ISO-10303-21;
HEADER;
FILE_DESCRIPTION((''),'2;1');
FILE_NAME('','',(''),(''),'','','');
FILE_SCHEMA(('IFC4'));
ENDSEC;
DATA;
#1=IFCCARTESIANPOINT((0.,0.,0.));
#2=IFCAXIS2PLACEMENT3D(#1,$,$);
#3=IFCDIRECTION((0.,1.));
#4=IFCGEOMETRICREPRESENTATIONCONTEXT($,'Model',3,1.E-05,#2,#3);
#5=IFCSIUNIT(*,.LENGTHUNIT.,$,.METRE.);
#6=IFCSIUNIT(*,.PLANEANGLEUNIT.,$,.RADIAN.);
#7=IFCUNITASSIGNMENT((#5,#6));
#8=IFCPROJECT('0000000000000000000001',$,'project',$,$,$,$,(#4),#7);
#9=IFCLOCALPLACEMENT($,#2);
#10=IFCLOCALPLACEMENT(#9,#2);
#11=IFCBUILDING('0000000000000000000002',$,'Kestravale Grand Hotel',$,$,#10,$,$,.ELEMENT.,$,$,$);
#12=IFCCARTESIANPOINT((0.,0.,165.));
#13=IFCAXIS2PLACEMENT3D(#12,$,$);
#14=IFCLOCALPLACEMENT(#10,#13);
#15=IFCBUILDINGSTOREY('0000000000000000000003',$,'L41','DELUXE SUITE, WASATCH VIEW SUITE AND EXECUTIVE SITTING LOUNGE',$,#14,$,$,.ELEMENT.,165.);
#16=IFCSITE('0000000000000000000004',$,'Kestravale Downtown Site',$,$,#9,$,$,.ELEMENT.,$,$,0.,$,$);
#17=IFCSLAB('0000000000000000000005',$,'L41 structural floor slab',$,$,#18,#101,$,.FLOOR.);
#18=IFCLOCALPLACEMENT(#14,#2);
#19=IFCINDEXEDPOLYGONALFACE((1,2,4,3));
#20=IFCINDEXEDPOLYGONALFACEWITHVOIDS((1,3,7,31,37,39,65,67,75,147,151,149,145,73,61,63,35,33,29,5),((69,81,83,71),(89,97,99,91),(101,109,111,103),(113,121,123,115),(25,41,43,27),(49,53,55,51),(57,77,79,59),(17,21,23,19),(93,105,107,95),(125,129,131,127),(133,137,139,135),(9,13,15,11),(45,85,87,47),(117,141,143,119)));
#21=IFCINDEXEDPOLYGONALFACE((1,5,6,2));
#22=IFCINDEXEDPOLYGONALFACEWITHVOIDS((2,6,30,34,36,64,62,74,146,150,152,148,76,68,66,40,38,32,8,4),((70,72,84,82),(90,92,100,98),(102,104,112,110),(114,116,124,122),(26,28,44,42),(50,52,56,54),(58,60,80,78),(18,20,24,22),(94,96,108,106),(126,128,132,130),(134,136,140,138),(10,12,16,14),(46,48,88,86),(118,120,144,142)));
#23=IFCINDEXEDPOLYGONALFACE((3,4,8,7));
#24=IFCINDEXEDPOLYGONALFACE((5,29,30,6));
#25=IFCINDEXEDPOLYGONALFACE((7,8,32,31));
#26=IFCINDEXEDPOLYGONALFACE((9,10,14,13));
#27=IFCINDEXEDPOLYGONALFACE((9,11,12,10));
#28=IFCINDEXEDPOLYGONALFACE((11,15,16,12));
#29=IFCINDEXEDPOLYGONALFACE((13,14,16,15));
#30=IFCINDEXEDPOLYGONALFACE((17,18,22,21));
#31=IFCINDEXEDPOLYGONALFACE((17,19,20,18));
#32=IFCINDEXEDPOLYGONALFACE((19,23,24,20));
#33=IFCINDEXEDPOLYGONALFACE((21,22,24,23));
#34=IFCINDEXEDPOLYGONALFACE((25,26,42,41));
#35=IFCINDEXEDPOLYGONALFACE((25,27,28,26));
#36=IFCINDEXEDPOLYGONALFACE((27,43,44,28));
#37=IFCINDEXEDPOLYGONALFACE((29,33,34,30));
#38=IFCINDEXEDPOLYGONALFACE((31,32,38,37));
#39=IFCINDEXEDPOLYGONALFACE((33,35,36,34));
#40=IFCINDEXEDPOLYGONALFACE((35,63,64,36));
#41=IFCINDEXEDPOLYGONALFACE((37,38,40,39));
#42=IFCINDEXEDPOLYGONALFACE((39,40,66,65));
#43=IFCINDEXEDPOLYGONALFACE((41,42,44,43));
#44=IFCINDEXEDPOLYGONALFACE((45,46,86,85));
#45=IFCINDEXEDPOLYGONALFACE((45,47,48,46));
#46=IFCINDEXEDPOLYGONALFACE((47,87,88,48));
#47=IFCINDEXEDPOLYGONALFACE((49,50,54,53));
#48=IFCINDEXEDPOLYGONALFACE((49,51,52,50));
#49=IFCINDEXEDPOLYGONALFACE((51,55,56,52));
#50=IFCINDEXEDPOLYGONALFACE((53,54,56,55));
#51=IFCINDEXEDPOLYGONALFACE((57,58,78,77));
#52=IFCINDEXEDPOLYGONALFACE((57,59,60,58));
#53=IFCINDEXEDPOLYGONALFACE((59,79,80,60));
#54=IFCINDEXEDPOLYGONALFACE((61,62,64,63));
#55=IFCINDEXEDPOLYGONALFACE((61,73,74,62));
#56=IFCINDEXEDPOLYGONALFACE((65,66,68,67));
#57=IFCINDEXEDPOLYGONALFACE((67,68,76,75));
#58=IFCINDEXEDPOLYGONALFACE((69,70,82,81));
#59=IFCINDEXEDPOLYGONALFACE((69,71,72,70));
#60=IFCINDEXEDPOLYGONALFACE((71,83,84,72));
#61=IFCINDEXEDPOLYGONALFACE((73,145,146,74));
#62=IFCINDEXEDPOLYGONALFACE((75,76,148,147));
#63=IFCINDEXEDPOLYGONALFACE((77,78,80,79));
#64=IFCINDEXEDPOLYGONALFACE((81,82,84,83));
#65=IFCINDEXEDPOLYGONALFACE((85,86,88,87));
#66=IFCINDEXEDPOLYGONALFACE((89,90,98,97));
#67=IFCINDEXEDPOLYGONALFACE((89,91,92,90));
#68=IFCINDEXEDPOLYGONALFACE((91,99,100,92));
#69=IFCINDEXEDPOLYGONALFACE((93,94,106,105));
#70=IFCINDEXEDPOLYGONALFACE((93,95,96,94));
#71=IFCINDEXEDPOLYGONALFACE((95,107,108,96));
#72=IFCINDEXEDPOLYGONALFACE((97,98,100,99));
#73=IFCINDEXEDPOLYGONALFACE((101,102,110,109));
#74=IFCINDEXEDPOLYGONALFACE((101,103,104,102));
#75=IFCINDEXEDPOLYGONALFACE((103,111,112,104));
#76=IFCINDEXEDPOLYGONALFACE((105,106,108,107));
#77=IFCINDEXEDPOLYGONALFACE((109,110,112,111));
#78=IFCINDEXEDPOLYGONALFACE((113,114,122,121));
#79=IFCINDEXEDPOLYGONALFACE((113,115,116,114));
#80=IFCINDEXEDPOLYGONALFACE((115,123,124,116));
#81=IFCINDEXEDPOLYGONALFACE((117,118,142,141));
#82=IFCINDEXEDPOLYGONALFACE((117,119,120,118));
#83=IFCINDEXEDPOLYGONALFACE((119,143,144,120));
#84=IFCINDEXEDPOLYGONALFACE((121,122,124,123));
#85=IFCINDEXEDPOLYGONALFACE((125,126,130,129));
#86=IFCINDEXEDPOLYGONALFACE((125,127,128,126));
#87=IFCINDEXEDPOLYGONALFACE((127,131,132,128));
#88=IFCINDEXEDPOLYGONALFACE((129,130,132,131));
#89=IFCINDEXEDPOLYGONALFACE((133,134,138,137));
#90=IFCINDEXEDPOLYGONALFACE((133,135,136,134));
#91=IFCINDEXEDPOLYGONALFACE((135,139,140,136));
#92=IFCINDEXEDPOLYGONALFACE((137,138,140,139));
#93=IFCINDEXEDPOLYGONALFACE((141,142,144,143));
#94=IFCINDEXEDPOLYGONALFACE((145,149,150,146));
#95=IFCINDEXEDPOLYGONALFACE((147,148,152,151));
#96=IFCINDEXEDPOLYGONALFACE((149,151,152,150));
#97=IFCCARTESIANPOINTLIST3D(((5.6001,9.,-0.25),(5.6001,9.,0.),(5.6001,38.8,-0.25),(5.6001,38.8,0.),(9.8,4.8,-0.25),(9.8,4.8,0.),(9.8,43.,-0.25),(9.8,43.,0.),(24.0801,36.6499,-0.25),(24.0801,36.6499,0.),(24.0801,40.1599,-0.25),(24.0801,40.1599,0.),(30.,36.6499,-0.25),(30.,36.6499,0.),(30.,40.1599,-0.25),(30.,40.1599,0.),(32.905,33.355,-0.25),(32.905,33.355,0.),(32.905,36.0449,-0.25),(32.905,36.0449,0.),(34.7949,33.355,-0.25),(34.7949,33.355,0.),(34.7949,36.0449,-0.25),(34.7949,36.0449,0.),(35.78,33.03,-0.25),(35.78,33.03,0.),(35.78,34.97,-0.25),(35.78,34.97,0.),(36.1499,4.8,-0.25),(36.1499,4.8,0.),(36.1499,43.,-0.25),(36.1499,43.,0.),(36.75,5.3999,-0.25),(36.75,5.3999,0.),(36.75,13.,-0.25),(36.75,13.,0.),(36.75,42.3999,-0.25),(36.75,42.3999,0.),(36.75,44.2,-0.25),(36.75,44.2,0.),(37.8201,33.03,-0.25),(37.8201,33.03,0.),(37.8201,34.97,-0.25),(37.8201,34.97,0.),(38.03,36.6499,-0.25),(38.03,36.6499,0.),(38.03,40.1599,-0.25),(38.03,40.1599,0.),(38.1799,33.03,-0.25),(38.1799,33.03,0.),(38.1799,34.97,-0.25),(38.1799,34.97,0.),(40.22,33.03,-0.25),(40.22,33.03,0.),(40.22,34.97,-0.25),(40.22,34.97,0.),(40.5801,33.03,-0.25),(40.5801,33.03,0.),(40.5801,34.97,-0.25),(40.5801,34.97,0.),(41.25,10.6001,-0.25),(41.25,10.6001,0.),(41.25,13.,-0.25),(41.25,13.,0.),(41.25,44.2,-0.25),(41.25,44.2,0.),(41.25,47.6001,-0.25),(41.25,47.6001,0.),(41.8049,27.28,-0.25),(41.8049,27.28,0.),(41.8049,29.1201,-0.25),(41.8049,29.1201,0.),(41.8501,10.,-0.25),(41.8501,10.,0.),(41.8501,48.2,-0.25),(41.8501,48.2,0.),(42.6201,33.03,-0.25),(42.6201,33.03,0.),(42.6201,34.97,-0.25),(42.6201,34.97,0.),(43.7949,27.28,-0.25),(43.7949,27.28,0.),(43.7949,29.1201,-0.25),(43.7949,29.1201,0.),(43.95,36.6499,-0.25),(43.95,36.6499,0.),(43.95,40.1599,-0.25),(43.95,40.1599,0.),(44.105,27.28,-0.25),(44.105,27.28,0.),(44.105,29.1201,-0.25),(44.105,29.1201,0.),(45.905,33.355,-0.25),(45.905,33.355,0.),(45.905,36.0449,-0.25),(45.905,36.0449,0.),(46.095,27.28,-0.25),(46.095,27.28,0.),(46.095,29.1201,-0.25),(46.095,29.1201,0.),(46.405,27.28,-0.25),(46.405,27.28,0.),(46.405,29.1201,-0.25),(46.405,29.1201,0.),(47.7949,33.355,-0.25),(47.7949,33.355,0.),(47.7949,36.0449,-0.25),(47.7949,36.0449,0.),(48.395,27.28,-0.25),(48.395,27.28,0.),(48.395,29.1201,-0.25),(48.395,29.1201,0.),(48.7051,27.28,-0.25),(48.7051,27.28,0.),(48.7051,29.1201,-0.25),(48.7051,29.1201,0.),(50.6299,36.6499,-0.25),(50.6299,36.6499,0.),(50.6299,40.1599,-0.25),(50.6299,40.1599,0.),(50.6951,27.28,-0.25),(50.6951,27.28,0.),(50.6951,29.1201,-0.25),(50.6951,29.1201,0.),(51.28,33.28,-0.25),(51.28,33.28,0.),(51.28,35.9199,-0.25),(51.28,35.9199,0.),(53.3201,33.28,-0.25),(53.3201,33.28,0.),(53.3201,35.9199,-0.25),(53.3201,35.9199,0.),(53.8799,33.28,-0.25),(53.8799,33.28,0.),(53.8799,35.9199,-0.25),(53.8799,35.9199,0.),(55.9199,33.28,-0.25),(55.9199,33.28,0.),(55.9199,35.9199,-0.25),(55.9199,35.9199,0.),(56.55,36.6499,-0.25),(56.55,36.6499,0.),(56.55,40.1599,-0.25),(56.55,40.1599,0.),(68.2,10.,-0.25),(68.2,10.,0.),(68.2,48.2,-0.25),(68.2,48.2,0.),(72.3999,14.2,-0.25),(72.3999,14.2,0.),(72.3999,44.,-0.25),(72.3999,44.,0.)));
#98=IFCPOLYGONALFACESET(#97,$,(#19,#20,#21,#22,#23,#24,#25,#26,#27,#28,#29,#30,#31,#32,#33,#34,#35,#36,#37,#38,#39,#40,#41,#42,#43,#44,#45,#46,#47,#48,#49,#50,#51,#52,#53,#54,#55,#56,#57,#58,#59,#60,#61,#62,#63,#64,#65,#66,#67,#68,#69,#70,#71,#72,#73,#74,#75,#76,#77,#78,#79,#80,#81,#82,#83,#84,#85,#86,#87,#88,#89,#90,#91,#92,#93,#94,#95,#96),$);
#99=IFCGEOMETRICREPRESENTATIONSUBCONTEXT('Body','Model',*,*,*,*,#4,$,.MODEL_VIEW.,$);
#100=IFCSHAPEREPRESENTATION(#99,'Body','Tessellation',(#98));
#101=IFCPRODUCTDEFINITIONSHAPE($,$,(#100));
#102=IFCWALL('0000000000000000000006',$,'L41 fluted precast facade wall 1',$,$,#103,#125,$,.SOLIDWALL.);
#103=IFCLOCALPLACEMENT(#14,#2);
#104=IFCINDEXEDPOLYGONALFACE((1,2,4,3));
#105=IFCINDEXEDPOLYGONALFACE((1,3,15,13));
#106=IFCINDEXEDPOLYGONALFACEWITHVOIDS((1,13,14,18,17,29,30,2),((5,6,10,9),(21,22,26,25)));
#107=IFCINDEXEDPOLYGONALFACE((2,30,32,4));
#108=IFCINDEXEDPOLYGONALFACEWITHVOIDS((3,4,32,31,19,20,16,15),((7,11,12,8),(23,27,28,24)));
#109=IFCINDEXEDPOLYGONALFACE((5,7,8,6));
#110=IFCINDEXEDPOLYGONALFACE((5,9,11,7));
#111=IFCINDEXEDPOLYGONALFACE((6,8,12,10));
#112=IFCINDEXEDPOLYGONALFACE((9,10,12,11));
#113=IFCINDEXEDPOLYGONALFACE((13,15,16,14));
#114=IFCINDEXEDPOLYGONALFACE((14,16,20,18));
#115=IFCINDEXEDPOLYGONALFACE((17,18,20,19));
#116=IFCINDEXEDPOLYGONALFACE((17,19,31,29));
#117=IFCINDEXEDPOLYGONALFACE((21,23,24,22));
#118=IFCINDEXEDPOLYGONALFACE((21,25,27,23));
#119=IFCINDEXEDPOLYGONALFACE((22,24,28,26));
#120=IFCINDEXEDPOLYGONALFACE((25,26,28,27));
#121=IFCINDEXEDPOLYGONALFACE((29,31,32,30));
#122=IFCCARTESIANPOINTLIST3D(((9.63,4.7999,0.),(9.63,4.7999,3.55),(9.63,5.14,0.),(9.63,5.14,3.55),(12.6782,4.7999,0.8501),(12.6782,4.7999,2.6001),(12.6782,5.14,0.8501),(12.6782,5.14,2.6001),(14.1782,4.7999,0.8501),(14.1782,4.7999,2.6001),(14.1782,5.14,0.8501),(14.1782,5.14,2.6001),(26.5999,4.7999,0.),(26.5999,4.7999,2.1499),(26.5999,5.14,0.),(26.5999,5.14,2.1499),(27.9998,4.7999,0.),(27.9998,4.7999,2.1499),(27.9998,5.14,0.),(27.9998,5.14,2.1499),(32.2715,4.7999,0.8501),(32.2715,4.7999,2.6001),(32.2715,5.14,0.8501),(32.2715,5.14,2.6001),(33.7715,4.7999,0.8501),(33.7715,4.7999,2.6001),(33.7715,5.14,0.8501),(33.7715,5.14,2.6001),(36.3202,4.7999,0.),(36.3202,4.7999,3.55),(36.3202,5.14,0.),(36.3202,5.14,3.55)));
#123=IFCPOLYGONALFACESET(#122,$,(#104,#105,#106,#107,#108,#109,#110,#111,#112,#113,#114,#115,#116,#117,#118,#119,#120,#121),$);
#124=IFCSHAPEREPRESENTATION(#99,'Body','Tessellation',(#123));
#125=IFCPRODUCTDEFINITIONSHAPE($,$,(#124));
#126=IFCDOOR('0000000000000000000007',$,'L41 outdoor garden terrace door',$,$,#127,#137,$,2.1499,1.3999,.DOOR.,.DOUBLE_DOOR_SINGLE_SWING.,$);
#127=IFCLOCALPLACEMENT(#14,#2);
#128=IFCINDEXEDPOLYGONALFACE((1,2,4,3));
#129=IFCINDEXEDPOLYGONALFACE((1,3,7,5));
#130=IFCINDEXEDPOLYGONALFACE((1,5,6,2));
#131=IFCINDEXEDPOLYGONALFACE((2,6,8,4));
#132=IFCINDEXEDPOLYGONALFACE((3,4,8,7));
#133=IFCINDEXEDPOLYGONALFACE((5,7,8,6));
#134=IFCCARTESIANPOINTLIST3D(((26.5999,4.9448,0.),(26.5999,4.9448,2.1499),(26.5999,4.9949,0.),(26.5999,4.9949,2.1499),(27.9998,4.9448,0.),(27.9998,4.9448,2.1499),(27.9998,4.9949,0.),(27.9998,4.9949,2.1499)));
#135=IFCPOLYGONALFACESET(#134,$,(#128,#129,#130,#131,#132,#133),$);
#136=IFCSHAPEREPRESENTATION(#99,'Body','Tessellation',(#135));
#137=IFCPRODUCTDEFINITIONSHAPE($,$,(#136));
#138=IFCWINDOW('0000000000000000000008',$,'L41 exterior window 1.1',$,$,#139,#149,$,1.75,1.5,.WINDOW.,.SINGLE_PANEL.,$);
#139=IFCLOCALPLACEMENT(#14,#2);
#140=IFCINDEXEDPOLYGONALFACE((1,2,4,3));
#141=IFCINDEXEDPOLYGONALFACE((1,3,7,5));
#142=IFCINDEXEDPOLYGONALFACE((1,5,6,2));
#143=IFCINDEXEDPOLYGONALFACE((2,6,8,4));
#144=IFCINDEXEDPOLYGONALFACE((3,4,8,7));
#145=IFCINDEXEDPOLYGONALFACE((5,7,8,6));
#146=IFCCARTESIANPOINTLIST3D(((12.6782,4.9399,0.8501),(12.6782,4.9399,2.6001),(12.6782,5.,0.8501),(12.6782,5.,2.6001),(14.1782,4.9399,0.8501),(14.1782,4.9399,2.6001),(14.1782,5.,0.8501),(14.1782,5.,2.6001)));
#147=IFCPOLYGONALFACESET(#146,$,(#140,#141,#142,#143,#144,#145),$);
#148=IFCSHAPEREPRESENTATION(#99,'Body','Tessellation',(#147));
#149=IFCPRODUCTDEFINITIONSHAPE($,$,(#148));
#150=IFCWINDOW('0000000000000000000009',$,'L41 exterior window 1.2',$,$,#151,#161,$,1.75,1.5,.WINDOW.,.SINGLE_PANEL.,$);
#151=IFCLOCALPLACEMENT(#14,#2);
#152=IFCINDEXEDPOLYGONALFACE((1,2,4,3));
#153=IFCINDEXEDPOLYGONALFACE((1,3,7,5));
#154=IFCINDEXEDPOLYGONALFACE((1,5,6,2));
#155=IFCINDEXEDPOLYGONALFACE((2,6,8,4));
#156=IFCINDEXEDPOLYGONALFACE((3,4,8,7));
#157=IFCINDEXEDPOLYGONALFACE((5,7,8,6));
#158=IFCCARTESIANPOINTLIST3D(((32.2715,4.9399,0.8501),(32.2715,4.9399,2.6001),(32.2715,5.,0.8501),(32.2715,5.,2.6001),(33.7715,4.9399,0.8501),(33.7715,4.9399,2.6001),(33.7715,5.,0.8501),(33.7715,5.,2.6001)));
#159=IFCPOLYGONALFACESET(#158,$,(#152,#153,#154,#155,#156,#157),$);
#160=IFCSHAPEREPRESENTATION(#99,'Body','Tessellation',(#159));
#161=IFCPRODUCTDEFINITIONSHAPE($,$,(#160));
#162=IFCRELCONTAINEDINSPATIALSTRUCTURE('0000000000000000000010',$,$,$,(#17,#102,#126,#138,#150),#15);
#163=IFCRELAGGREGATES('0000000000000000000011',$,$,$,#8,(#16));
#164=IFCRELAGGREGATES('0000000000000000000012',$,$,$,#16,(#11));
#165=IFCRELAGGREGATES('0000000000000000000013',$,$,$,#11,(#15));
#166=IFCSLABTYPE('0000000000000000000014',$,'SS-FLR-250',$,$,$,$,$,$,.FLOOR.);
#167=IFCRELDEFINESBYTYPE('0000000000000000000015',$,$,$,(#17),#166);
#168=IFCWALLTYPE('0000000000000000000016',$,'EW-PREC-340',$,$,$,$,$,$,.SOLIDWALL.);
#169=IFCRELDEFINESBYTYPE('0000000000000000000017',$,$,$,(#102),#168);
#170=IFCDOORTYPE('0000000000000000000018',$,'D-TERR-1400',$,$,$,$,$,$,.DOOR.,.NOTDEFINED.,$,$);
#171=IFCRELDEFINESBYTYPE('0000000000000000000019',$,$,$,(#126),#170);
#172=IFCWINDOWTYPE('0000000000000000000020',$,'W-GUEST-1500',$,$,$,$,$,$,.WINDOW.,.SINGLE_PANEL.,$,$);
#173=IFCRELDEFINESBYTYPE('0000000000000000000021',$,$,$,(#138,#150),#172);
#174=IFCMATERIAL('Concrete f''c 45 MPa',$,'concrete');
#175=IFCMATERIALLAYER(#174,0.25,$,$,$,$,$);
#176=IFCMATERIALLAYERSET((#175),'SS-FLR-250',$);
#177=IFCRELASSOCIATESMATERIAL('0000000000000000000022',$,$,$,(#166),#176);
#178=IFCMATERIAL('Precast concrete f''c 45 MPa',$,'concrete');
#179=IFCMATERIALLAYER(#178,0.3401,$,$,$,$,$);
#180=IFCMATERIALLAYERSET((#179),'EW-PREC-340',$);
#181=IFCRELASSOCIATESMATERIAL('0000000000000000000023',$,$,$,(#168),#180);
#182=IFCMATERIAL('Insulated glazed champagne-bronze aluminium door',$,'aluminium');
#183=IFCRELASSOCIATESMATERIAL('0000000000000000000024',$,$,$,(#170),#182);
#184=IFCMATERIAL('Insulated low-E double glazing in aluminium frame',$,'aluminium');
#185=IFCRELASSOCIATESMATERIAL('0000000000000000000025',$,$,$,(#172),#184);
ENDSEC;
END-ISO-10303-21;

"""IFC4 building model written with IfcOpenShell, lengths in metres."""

from ifc_helpers import new_model, si_unit, direction, frame, frame_2d, origin, place, context, subcontext, project, spatial, polyline, rectangle, outline, extrude, material, layer, layer_set, type_object, element, fill, save


model = new_model("IFC4")

# Units and contexts
model_context = context("Model", 3, precision=1e-05, world=origin(), true_north=direction((0.0, 1.0)))
body_context = subcontext(model_context, "Body", "Model", "MODEL_VIEW")
ifc_project = project(units=[si_unit("LENGTHUNIT", "METRE"), si_unit("PLANEANGLEUNIT", "RADIAN")], contexts=[model_context])

# Site, building, storey
site_placement = place(None, origin())
site = spatial("IfcSite", under=ifc_project, at=site_placement, Name="Kestravale Downtown Site", CompositionType="ELEMENT", RefElevation=0.0)
building_placement = place(site_placement, origin())
building = spatial("IfcBuilding", under=site, at=building_placement, Name="Kestravale Grand Hotel", CompositionType="ELEMENT")
storey_placement = place(building_placement, frame((0.0, 0.0, 165.0)))
storey = spatial("IfcBuildingStorey", under=building, at=storey_placement, Name="L41", Description="DELUXE SUITE, WASATCH VIEW SUITE AND EXECUTIVE SITTING LOUNGE", CompositionType="ELEMENT", Elevation=165.0)

# Slab
ifc_material_1 = material(Name="Concrete f'c 45 MPa", Category="concrete")
ifc_layer_1 = layer(ifc_material_1, 0.25)
ifc_layer_set_1 = layer_set([ifc_layer_1], Name="SS-FLR-250")
slab_type_1 = type_object("IfcSlabType", Name="SS-FLR-250", PredefinedType="FLOOR", material=ifc_layer_set_1)
slab_1_placement = place(storey_placement, frame((0.0, 0.0, -0.25)))
element("IfcSlab", 1, at=slab_1_placement, inside=storey, type_object=slab_type_1, Name="L41 structural floor slab", PredefinedType="FLOOR", context=body_context, shape_type="SweptSolid", body=[
    extrude(outline(polyline([(9.8, 4.8), (36.1499, 4.8), (36.75, 5.3999), (36.75, 13.0), (41.25, 13.0), (41.25, 10.6001), (41.8501, 10.0), (68.2, 10.0), (72.3999, 14.2), (72.3999, 44.0), (68.2, 48.2), (41.8501, 48.2), (41.25, 47.6001), (41.25, 44.2), (36.75, 44.2), (36.75, 42.3999), (36.1499, 43.0), (9.8, 43.0), (5.6001, 38.8), (5.6001, 9.0), (9.8, 4.8)]), holes=[polyline([(24.0801, 36.6499), (30.0, 36.6499), (30.0, 40.1599), (24.0801, 40.1599), (24.0801, 36.6499)]), polyline([(38.03, 36.6499), (43.95, 36.6499), (43.95, 40.1599), (38.03, 40.1599), (38.03, 36.6499)]), polyline([(50.6299, 36.6499), (56.55, 36.6499), (56.55, 40.1599), (50.6299, 40.1599), (50.6299, 36.6499)]), polyline([(41.8049, 27.28), (43.7949, 27.28), (43.7949, 29.1201), (41.8049, 29.1201), (41.8049, 27.28)]), polyline([(44.105, 27.28), (46.095, 27.28), (46.095, 29.1201), (44.105, 29.1201), (44.105, 27.28)]), polyline([(46.405, 27.28), (48.395, 27.28), (48.395, 29.1201), (46.405, 29.1201), (46.405, 27.28)]), polyline([(48.7051, 27.28), (50.6951, 27.28), (50.6951, 29.1201), (48.7051, 29.1201), (48.7051, 27.28)]), polyline([(35.78, 33.03), (37.8201, 33.03), (37.8201, 34.97), (35.78, 34.97), (35.78, 33.03)]), polyline([(38.1799, 33.03), (40.22, 33.03), (40.22, 34.97), (38.1799, 34.97), (38.1799, 33.03)]), polyline([(40.5801, 33.03), (42.6201, 33.03), (42.6201, 34.97), (40.5801, 34.97), (40.5801, 33.03)]), polyline([(32.905, 33.355), (34.7949, 33.355), (34.7949, 36.0449), (32.905, 36.0449), (32.905, 33.355)]), polyline([(45.905, 33.355), (47.7949, 33.355), (47.7949, 36.0449), (45.905, 36.0449), (45.905, 33.355)]), polyline([(51.28, 33.28), (53.3201, 33.28), (53.3201, 35.9199), (51.28, 35.9199), (51.28, 33.28)]), polyline([(53.8799, 33.28), (55.9199, 33.28), (55.9199, 35.9199), (53.8799, 35.9199), (53.8799, 33.28)])]), origin(), (0.0, 0.0, 1.0), 0.25),
])

# Wall, openings, door, windows
ifc_material_2 = material(Name="Precast concrete f'c 45 MPa", Category="concrete")
ifc_layer_2 = layer(ifc_material_2, 0.3401)
ifc_layer_set_2 = layer_set([ifc_layer_2], Name="EW-PREC-340")
wall_type_1 = type_object("IfcWallType", Name="EW-PREC-340", PredefinedType="SOLIDWALL", material=ifc_layer_set_2)
wall_1_placement = place(storey_placement, frame((9.6299, 4.97, 0.0), z_axis=(0.0, 0.0, 1.0), x_axis=(1.0, 0.0, 0.0)))
wall_1 = element("IfcWall", 2, at=wall_1_placement, inside=storey, type_object=wall_type_1, Name="L41 fluted precast facade wall 1", PredefinedType="SOLIDWALL", context=body_context, shape_type="SweptSolid", body=[
    extrude(rectangle(XDim=26.6902, YDim=0.3401, at=frame_2d((13.3452, 0.0))), origin(), (0.0, 0.0, 1.0), 3.55),
])
opening_1_placement = place(wall_1_placement, frame((16.97, 0.0, 0.0)))
opening_1 = element("IfcOpeningElement", 3, at=opening_1_placement, cuts=wall_1, PredefinedType="OPENING", context=body_context, shape_type="SweptSolid", body=[
    extrude(rectangle(XDim=1.3999, YDim=2.1499, at=frame_2d((0.7, 1.075))), frame((0.0, 0.1799, 0.0), z_axis=(0.0, -1.0, 0.0), x_axis=(1.0, 0.0, 0.0)), (0.0, 0.0, 1.0), 0.3601),
])
opening_2_placement = place(wall_1_placement, frame((3.0483, 0.0, 0.8501)))
opening_2 = element("IfcOpeningElement", 4, at=opening_2_placement, cuts=wall_1, PredefinedType="OPENING", context=body_context, shape_type="SweptSolid", body=[
    extrude(rectangle(XDim=1.5, YDim=1.75, at=frame_2d((0.75, 0.875))), frame((0.0, 0.1799, 0.0), z_axis=(0.0, -1.0, 0.0), x_axis=(1.0, 0.0, 0.0)), (0.0, 0.0, 1.0), 0.3601),
])
opening_3_placement = place(wall_1_placement, frame((22.6416, 0.0, 0.8501)))
opening_3 = element("IfcOpeningElement", 5, at=opening_3_placement, cuts=wall_1, PredefinedType="OPENING", context=body_context, shape_type="SweptSolid", body=[
    extrude(rectangle(XDim=1.5, YDim=1.75, at=frame_2d((0.75, 0.875))), frame((0.0, 0.1799, 0.0), z_axis=(0.0, -1.0, 0.0), x_axis=(1.0, 0.0, 0.0)), (0.0, 0.0, 1.0), 0.3601),
])
ifc_material_3 = material(Name="Insulated glazed champagne-bronze aluminium door", Category="aluminium")
door_type_1 = type_object("IfcDoorType", Name="D-TERR-1400", OperationType="NOTDEFINED", PredefinedType="DOOR", material=ifc_material_3)
door_1_placement = place(opening_1_placement, origin())
door_1 = element("IfcDoor", 6, at=door_1_placement, inside=storey, type_object=door_type_1, Name="L41 outdoor garden terrace door", OperationType="DOUBLE_DOOR_SINGLE_SWING", OverallHeight=2.1499, OverallWidth=1.3999, PredefinedType="DOOR", context=body_context, shape_type="SweptSolid", body=[
    extrude(rectangle(XDim=1.3999, YDim=2.1499, at=frame_2d((0.7, 1.075))), frame((0.0, 0.0249, 0.0), z_axis=(0.0, -1.0, 0.0), x_axis=(1.0, 0.0, 0.0)), (0.0, 0.0, 1.0), 0.05),
])
fill(opening_1, door_1)
ifc_material_4 = material(Name="Insulated low-E double glazing in aluminium frame", Category="aluminium")
window_type = type_object("IfcWindowType", Name="W-GUEST-1500", PartitioningType="SINGLE_PANEL", PredefinedType="WINDOW", material=ifc_material_4)
window_1_placement = place(opening_2_placement, origin())
window_1 = element("IfcWindow", 7, at=window_1_placement, inside=storey, type_object=window_type, Name="L41 exterior window 1.1", OverallHeight=1.75, OverallWidth=1.5, PartitioningType="SINGLE_PANEL", PredefinedType="WINDOW", context=body_context, shape_type="SweptSolid", body=[
    extrude(rectangle(XDim=1.5, YDim=1.75, at=frame_2d((0.75, 0.875))), frame((0.0, 0.03, 0.0), z_axis=(0.0, -1.0, 0.0), x_axis=(1.0, 0.0, 0.0)), (0.0, 0.0, 1.0), 0.0601),
])
fill(opening_2, window_1)
window_2_placement = place(opening_3_placement, origin())
window_2 = element("IfcWindow", 8, at=window_2_placement, inside=storey, type_object=window_type, Name="L41 exterior window 1.2", OverallHeight=1.75, OverallWidth=1.5, PartitioningType="SINGLE_PANEL", PredefinedType="WINDOW", context=body_context, shape_type="SweptSolid", body=[
    extrude(rectangle(XDim=1.5, YDim=1.75, at=frame_2d((0.75, 0.875))), frame((0.0, 0.03, 0.0), z_axis=(0.0, -1.0, 0.0), x_axis=(1.0, 0.0, 0.0)), (0.0, 0.0, 1.0), 0.0601),
])
fill(opening_3, window_2)

save(model, "model.ifc")
